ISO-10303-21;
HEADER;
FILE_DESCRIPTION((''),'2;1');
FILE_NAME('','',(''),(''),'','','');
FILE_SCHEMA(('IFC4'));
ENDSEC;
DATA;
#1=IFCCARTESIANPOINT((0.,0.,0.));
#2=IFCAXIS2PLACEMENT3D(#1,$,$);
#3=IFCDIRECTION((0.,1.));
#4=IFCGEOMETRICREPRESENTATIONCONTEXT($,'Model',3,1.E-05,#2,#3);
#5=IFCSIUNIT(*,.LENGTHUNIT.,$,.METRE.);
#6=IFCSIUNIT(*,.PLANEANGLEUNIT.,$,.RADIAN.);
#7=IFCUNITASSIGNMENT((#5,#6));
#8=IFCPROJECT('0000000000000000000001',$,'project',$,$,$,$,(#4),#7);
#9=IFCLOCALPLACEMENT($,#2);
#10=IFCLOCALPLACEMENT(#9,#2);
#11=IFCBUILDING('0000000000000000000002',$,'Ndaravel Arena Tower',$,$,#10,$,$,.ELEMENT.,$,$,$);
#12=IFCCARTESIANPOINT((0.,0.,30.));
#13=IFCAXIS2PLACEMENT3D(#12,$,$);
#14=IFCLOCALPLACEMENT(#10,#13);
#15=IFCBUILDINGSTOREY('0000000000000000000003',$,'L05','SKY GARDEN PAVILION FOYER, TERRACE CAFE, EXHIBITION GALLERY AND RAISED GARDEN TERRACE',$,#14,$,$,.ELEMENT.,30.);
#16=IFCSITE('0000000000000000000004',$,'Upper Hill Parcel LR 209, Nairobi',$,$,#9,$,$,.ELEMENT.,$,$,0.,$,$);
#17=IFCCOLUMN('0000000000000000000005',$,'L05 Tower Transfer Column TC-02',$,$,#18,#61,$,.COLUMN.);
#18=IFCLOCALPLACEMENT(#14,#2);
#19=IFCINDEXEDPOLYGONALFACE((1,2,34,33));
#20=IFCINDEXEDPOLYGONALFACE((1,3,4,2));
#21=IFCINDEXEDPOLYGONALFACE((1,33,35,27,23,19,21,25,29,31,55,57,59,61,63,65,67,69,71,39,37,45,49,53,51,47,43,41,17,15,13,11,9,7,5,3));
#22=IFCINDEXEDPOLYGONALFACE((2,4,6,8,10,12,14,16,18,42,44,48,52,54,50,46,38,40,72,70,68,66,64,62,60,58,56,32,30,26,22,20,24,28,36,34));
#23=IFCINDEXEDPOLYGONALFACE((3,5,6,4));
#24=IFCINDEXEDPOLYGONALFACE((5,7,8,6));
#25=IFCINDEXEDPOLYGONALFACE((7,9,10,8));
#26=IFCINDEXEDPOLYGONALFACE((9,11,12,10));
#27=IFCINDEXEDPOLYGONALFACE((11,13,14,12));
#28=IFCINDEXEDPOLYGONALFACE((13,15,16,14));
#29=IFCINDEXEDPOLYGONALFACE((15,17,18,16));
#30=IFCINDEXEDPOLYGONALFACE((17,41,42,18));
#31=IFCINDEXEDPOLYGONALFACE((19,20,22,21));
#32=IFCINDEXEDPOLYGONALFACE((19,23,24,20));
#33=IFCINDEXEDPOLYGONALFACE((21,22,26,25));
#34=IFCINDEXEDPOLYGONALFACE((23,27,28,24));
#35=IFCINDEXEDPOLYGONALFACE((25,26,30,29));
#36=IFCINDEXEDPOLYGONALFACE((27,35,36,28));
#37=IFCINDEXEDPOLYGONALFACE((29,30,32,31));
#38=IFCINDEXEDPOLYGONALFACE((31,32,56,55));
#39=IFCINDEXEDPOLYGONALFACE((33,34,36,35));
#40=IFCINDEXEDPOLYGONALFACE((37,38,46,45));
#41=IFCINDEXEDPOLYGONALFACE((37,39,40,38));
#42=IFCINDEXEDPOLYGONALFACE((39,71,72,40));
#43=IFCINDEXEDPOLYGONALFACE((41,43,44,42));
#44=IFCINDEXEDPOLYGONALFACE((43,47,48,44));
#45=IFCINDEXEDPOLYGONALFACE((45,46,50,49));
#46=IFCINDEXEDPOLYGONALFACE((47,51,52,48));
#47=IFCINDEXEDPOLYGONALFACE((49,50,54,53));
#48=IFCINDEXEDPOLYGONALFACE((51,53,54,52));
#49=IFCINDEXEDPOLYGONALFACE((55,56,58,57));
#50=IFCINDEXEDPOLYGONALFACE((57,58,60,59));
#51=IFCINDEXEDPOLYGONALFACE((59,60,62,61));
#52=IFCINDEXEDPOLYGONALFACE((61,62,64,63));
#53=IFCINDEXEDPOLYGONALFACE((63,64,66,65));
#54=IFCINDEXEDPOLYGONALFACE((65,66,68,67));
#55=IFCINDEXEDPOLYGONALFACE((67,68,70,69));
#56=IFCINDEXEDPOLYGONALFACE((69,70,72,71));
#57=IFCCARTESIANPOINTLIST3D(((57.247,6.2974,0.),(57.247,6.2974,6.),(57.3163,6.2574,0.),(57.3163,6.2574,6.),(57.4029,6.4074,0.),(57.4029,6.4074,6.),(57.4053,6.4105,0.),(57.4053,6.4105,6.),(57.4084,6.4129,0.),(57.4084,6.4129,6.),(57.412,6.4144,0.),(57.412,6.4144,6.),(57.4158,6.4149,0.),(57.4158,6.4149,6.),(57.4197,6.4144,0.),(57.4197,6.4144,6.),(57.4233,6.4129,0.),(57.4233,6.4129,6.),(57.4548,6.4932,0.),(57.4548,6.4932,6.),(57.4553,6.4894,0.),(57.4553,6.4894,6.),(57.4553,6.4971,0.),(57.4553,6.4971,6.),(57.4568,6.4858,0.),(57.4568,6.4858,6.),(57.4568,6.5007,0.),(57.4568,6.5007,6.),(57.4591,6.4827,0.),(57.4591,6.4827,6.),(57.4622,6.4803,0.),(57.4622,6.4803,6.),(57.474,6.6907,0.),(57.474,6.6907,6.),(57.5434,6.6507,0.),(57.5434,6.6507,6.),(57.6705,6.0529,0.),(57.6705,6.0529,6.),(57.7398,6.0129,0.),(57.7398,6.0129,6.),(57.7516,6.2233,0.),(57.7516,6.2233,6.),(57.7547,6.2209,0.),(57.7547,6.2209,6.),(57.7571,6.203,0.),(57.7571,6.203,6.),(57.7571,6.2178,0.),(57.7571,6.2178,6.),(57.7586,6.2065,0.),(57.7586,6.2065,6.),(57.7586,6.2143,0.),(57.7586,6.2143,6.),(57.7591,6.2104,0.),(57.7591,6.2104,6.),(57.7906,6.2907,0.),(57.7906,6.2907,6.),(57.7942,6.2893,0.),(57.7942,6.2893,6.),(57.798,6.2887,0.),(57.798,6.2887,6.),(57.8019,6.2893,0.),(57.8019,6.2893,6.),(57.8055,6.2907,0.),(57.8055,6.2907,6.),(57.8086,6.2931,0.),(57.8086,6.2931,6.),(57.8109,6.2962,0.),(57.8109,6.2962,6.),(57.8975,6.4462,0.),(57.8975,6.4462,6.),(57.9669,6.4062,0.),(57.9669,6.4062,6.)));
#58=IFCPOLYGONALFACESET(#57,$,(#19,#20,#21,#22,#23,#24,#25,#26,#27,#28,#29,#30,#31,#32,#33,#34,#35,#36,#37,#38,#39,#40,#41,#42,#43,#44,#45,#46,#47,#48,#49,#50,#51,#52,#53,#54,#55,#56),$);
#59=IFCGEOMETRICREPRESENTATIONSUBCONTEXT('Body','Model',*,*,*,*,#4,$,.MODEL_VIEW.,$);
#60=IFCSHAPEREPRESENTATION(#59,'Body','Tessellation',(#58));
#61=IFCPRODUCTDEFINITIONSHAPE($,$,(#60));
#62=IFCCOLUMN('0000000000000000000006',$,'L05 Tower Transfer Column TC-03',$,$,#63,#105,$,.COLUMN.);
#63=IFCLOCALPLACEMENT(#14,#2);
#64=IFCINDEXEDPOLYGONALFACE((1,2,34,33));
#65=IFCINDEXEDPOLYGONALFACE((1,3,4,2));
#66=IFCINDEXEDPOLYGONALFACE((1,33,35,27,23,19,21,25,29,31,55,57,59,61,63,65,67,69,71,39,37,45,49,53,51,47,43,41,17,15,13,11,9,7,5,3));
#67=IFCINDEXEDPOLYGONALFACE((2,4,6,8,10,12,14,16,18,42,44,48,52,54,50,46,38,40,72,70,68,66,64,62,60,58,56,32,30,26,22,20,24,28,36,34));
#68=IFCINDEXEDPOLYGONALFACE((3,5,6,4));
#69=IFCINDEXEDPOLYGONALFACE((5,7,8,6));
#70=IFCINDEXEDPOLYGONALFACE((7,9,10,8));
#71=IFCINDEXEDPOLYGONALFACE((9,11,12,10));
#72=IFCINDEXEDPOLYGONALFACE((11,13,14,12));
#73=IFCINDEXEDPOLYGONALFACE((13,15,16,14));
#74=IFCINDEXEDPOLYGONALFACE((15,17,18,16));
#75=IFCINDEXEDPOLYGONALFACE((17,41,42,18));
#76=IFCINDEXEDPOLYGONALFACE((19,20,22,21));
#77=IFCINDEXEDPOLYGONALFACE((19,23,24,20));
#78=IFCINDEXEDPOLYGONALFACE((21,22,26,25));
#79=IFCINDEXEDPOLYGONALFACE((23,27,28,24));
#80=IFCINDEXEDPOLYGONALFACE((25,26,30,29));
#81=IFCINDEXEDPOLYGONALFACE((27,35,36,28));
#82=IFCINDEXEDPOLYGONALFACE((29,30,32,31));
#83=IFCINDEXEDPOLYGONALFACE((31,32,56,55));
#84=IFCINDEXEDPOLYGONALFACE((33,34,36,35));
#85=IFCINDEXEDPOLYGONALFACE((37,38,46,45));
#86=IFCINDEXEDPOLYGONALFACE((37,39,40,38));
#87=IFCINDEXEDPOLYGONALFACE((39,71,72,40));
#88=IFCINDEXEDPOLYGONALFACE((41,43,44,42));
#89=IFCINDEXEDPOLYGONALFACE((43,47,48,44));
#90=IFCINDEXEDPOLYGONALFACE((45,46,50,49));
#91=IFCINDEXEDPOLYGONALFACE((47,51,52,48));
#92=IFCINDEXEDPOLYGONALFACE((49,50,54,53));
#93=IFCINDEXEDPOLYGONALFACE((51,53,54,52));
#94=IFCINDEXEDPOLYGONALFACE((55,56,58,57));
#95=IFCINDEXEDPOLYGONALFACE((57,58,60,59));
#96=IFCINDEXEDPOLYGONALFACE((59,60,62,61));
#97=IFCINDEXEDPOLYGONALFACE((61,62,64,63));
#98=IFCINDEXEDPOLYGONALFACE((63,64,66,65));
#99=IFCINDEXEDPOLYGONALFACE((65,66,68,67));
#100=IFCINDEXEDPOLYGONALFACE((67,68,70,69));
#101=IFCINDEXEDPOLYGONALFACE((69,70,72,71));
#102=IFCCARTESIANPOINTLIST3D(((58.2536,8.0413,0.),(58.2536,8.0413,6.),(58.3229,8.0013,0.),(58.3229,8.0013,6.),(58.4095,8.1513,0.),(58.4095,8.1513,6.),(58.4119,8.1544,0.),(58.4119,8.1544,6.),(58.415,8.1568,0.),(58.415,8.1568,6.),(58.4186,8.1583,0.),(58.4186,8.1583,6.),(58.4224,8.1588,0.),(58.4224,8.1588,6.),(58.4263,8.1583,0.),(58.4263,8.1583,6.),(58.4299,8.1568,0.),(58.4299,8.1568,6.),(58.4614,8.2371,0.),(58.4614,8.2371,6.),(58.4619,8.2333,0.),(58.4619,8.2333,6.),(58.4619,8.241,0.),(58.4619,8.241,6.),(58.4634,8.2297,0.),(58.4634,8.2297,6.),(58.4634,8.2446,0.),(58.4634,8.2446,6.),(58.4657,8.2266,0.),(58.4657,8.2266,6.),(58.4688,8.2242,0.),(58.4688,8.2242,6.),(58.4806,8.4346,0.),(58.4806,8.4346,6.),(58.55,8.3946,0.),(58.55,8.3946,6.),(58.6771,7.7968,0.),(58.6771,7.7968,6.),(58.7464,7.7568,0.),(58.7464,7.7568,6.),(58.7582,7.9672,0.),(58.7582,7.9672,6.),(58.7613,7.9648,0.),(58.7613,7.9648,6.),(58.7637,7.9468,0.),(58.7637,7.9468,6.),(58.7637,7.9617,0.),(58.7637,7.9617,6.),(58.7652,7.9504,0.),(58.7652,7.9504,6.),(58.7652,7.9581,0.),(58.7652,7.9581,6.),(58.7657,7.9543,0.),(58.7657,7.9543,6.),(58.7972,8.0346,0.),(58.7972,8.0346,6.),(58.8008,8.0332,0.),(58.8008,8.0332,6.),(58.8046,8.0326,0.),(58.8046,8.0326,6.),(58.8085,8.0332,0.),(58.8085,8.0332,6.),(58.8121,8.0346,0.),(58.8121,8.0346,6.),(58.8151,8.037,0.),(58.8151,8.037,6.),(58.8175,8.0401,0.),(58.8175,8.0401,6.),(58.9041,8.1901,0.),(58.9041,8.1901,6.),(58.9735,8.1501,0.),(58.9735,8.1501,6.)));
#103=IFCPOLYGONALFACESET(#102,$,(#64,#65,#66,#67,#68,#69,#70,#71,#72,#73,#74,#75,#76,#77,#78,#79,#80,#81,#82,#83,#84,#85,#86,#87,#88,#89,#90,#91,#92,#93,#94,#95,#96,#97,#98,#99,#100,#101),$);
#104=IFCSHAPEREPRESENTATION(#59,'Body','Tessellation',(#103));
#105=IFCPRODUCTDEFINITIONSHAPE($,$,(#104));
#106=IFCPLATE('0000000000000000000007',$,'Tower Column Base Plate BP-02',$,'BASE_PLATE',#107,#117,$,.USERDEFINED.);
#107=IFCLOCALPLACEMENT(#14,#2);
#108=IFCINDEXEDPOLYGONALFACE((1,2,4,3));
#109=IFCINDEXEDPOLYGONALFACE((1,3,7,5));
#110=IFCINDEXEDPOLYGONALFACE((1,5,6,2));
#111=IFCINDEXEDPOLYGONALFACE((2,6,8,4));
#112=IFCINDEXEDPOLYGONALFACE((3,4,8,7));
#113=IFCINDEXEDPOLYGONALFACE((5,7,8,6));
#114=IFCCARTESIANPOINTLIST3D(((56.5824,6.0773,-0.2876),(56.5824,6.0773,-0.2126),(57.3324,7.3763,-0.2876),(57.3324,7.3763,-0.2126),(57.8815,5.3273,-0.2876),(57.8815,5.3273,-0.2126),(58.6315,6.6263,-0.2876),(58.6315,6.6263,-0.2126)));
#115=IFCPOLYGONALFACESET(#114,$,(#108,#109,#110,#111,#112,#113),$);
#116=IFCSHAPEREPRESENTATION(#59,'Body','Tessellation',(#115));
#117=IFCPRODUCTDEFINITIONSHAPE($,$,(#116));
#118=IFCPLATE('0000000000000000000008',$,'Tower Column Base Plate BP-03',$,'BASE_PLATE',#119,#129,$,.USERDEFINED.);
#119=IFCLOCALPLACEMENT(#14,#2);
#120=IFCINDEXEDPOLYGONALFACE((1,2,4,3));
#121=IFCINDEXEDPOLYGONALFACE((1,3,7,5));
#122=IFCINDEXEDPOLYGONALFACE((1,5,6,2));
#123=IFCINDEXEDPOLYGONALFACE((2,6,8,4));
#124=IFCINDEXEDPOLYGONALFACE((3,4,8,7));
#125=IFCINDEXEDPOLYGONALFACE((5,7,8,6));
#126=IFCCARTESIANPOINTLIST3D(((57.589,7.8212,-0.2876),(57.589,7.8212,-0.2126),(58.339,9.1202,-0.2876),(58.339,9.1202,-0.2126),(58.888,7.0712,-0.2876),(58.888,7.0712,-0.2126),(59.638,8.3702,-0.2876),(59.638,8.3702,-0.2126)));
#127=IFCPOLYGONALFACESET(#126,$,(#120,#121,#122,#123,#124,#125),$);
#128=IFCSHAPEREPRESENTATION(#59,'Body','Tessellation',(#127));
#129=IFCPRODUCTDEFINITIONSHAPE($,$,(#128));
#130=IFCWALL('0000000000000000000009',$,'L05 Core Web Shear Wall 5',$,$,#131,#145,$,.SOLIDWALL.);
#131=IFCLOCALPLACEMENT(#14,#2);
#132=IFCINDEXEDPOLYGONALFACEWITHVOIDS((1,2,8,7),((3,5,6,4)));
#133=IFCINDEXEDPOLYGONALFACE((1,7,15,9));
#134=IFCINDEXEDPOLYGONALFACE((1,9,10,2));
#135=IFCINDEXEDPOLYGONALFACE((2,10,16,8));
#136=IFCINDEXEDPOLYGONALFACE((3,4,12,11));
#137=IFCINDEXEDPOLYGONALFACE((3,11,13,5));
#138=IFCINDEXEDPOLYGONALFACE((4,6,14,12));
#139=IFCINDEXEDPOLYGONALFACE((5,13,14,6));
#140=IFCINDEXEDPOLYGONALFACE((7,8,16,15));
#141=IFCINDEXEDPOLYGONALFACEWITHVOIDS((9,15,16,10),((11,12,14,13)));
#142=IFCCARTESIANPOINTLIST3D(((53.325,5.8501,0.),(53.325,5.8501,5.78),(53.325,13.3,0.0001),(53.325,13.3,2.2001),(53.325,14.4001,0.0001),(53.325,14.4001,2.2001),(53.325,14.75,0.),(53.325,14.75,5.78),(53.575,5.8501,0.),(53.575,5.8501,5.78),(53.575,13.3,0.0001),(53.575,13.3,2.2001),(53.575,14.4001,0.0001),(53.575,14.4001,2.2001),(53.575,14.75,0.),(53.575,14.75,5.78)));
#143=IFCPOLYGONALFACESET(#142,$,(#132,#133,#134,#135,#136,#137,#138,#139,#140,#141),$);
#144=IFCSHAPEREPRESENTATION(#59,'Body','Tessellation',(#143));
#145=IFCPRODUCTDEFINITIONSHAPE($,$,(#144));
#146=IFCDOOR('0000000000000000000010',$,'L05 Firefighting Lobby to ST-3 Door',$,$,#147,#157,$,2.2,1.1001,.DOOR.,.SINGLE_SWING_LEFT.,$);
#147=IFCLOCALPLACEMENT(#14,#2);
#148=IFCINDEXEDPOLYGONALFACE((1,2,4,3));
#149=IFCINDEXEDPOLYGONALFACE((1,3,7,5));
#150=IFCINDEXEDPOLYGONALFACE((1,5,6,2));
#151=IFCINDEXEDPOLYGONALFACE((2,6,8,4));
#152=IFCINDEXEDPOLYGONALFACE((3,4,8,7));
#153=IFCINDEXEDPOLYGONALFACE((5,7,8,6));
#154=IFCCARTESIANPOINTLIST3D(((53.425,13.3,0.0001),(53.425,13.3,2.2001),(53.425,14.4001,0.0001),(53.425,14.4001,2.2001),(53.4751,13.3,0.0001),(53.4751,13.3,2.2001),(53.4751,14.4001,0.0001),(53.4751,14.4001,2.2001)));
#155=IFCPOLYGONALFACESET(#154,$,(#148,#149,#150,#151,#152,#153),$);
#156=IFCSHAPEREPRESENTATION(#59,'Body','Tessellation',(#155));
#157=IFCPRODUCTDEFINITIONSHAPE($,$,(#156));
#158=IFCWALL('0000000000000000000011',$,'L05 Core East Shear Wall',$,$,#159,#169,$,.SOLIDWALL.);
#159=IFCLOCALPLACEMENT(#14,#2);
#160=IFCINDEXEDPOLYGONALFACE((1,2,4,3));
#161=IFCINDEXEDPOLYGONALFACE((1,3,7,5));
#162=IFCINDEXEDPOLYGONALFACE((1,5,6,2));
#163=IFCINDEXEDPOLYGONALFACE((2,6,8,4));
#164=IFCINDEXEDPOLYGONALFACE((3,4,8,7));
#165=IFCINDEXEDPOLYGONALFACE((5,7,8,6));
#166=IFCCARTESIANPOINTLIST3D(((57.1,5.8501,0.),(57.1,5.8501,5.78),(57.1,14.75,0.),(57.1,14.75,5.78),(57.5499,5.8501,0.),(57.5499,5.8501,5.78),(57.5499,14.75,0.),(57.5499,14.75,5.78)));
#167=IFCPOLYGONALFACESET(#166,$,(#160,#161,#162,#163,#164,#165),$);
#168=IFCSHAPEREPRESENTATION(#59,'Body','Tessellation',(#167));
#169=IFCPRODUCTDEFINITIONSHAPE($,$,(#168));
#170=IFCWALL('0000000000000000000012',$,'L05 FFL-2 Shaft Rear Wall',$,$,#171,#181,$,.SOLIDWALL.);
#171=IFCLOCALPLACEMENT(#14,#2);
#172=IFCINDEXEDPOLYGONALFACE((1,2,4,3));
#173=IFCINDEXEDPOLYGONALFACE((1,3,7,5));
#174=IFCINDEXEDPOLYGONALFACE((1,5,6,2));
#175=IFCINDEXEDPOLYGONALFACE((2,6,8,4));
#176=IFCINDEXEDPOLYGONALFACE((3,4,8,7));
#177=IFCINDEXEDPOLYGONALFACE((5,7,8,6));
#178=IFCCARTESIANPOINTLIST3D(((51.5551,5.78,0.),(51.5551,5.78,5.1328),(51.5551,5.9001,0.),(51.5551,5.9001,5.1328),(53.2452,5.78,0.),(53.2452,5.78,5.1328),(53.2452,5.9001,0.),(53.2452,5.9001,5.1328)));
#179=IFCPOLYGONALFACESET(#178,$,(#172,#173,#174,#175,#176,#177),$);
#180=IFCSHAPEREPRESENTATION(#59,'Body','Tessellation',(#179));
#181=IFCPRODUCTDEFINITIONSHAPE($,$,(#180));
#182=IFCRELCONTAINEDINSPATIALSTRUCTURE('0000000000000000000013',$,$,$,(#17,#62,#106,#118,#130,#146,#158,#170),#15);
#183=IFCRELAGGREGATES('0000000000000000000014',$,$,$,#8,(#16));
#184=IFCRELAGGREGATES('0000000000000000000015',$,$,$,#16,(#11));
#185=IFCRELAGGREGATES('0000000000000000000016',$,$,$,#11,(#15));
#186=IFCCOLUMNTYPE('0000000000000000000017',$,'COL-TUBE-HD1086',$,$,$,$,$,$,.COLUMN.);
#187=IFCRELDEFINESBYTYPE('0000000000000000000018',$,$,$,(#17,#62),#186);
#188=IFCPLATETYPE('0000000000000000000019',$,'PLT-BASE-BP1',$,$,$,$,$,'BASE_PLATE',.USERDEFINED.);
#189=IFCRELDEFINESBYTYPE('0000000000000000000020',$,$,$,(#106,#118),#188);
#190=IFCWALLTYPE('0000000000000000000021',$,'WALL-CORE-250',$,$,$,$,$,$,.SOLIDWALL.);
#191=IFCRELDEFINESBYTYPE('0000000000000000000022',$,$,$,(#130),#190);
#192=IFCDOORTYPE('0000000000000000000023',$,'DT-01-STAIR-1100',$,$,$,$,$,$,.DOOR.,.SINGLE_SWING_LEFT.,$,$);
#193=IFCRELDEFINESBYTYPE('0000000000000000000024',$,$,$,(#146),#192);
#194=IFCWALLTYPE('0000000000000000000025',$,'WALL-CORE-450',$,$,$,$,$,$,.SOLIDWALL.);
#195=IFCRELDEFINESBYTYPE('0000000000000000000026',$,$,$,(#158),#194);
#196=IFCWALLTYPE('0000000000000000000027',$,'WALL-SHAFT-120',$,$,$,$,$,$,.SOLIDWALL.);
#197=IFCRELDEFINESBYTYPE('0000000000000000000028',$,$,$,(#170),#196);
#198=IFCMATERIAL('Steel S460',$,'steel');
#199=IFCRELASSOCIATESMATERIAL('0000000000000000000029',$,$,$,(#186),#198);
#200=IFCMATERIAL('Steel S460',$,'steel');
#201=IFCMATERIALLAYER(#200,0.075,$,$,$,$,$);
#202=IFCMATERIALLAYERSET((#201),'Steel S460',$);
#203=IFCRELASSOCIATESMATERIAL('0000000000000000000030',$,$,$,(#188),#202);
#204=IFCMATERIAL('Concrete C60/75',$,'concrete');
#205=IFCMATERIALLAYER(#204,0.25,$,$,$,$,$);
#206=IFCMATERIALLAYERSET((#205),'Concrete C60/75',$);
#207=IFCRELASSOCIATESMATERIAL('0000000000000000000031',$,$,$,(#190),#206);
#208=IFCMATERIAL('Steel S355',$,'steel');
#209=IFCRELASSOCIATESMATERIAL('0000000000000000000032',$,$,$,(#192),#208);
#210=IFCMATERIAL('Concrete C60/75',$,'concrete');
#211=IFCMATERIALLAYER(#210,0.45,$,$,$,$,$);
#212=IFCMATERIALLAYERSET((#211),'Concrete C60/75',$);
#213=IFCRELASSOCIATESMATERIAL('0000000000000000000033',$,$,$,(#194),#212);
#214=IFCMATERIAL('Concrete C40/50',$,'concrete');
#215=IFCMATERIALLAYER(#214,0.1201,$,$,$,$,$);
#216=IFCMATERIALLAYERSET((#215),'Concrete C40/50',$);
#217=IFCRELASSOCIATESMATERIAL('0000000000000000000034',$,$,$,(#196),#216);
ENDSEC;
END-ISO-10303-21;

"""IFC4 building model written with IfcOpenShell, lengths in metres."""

from ifc_helpers import new_model, si_unit, direction, frame, frame_2d, origin, origin_2d, place, context, subcontext, project, spatial, rectangle, i_section, extrude, material, layer, layer_set, material_profile, profile_set, type_object, element, fill, save


model = new_model("IFC4")

# Units and contexts
model_context = context("Model", 3, precision=1e-05, world=origin(), true_north=direction((0.0, 1.0)))
body_context = subcontext(model_context, "Body", "Model", "MODEL_VIEW")
ifc_project = project(units=[si_unit("LENGTHUNIT", "METRE"), si_unit("PLANEANGLEUNIT", "RADIAN")], contexts=[model_context])

# Site, building, storey
site_placement = place(None, origin())
site = spatial("IfcSite", under=ifc_project, at=site_placement, Name="Upper Hill Parcel LR 209, Nairobi", CompositionType="ELEMENT", RefElevation=0.0)
building_placement = place(site_placement, origin())
building = spatial("IfcBuilding", under=site, at=building_placement, Name="Ndaravel Arena Tower", CompositionType="ELEMENT")
storey_placement = place(building_placement, frame((0.0, 0.0, 30.0)))
storey = spatial("IfcBuildingStorey", under=building, at=storey_placement, Name="L05", Description="SKY GARDEN PAVILION FOYER, TERRACE CAFE, EXHIBITION GALLERY AND RAISED GARDEN TERRACE", CompositionType="ELEMENT", Elevation=30.0)

# Columns
ifc_material_1 = material(Name="Steel S460", Category="steel")
ifc_material_profile = material_profile(ifc_material_1, i_section(OverallWidth=0.4541, OverallDepth=0.5691, WebThickness=0.0779, FlangeThickness=0.0801, FilletRadius=0.0149, at=origin_2d()), Name="HD 400x1086")
ifc_profile_set = profile_set([ifc_material_profile], Name="Steel S460")
column_type = type_object("IfcColumnType", Name="COL-TUBE-HD1086", PredefinedType="COLUMN", material=ifc_profile_set)
for number, where, z_axis, x_axis, name in (
    (1, (57.6069, 6.3518, 0.0), (0.0, 0.0, 1.0), (0.5, 0.866025, 0.0), "L05 Tower Transfer Column TC-02"),
    (2, (58.6135, 8.0957, 0.0), (0.0, 0.0, 1.0), (0.5, 0.866025, 0.0), "L05 Tower Transfer Column TC-03"),
):
    element("IfcColumn", number, at=place(storey_placement, frame(where, z_axis=z_axis, x_axis=x_axis)), inside=storey, type_object=column_type, Name=name, PredefinedType="COLUMN", context=body_context, shape_type="SweptSolid", body=[
        extrude(i_section(OverallWidth=0.4541, OverallDepth=0.5691, WebThickness=0.0779, FlangeThickness=0.0801, FilletRadius=0.0149, at=origin_2d()), origin(), (0.0, 0.0, 1.0), 6.0),
    ])

# Plates
ifc_material_2 = material(Name="Steel S460", Category="steel")
ifc_layer_1 = layer(ifc_material_2, 0.075)
ifc_layer_set_1 = layer_set([ifc_layer_1], Name="Steel S460")
plate_type = type_object("IfcPlateType", Name="PLT-BASE-BP1", ElementType="BASE_PLATE", PredefinedType="USERDEFINED", material=ifc_layer_set_1)
for number, where, z_axis, x_axis, name in (
    (3, (57.6069, 6.3518, -0.2876), (0.0, 0.0, 1.0), (0.5, 0.866025, 0.0), "Tower Column Base Plate BP-02"),
    (4, (58.6135, 8.0957, -0.2876), (0.0, 0.0, 1.0), (0.5, 0.866025, 0.0), "Tower Column Base Plate BP-03"),
):
    element("IfcPlate", number, at=place(storey_placement, frame(where, z_axis=z_axis, x_axis=x_axis)), inside=storey, type_object=plate_type, Name=name, ObjectType="BASE_PLATE", PredefinedType="USERDEFINED", context=body_context, shape_type="SweptSolid", body=[
        extrude(rectangle(XDim=1.5, YDim=1.5, at=origin_2d()), origin(), (0.0, 0.0, 1.0), 0.075),
    ])

# Wall, opening, door
ifc_material_3 = material(Name="Concrete C60/75", Category="concrete")
ifc_layer_2 = layer(ifc_material_3, 0.25)
ifc_layer_set_2 = layer_set([ifc_layer_2], Name="Concrete C60/75")
wall_type_1 = type_object("IfcWallType", Name="WALL-CORE-250", PredefinedType="SOLIDWALL", material=ifc_layer_set_2)
wall_1_placement = place(storey_placement, frame((53.45, 5.8501, 0.0), z_axis=(0.0, 0.0, 1.0), x_axis=(0.0, 1.0, 0.0)))
wall_1 = element("IfcWall", 5, at=wall_1_placement, inside=storey, type_object=wall_type_1, Name="L05 Core Web Shear Wall 5", PredefinedType="SOLIDWALL", context=body_context, shape_type="SweptSolid", body=[
    extrude(rectangle(XDim=8.8999, YDim=0.25, at=frame_2d((4.45, 0.0))), origin(), (0.0, 0.0, 1.0), 5.78),
])
opening_1_placement = place(wall_1_placement, frame((7.45, 0.0, 0.0)))
opening_1 = element("IfcOpeningElement", 6, at=opening_1_placement, cuts=wall_1, PredefinedType="OPENING", context=body_context, shape_type="SweptSolid", body=[
    extrude(rectangle(XDim=1.1001, YDim=2.2, at=frame_2d((0.55, 1.1001))), frame((0.0, 0.125, 0.0), z_axis=(0.0, -1.0, 0.0), x_axis=(1.0, 0.0, 0.0)), (0.0, 0.0, 1.0), 0.25),
])
ifc_material_4 = material(Name="Steel S355", Category="steel")
door_type_1 = type_object("IfcDoorType", Name="DT-01-STAIR-1100", OperationType="SINGLE_SWING_LEFT", PredefinedType="DOOR", material=ifc_material_4)
door_1_placement = place(opening_1_placement, origin())
door_1 = element("IfcDoor", 7, at=door_1_placement, inside=storey, type_object=door_type_1, Name="L05 Firefighting Lobby to ST-3 Door", OperationType="SINGLE_SWING_LEFT", OverallHeight=2.2, OverallWidth=1.1001, PredefinedType="DOOR", context=body_context, shape_type="SweptSolid", body=[
    extrude(rectangle(XDim=1.1001, YDim=2.2, at=frame_2d((0.55, 1.1001))), frame((0.0, 0.0249, 0.0), z_axis=(0.0, -1.0, 0.0), x_axis=(1.0, 0.0, 0.0)), (0.0, 0.0, 1.0), 0.05),
])
fill(opening_1, door_1)

# Wall
ifc_material_5 = material(Name="Concrete C60/75", Category="concrete")
ifc_layer_3 = layer(ifc_material_5, 0.45)
ifc_layer_set_3 = layer_set([ifc_layer_3], Name="Concrete C60/75")
wall_type_2 = type_object("IfcWallType", Name="WALL-CORE-450", PredefinedType="SOLIDWALL", material=ifc_layer_set_3)
wall_2_placement = place(storey_placement, frame((57.325, 5.8501, 0.0), z_axis=(0.0, 0.0, 1.0), x_axis=(0.0, 1.0, 0.0)))
element("IfcWall", 8, at=wall_2_placement, inside=storey, type_object=wall_type_2, Name="L05 Core East Shear Wall", PredefinedType="SOLIDWALL", context=body_context, shape_type="SweptSolid", body=[
    extrude(rectangle(XDim=8.8999, YDim=0.45, at=frame_2d((4.45, 0.0))), origin(), (0.0, 0.0, 1.0), 5.78),
])

# Wall
ifc_material_6 = material(Name="Concrete C40/50", Category="concrete")
ifc_layer_4 = layer(ifc_material_6, 0.1201)
ifc_layer_set_4 = layer_set([ifc_layer_4], Name="Concrete C40/50")
wall_type_3 = type_object("IfcWallType", Name="WALL-SHAFT-120", PredefinedType="SOLIDWALL", material=ifc_layer_set_4)
wall_3_placement = place(storey_placement, frame((51.5549, 5.8401, 0.0), z_axis=(0.0, 0.0, 1.0), x_axis=(1.0, 0.0, 0.0)))
element("IfcWall", 9, at=wall_3_placement, inside=storey, type_object=wall_type_3, Name="L05 FFL-2 Shaft Rear Wall", PredefinedType="SOLIDWALL", context=body_context, shape_type="SweptSolid", body=[
    extrude(rectangle(XDim=1.6902, YDim=0.1201, at=frame_2d((0.8452, 0.0))), origin(), (0.0, 0.0, 1.0), 5.1328),
])

save(model, "model.ifc")
